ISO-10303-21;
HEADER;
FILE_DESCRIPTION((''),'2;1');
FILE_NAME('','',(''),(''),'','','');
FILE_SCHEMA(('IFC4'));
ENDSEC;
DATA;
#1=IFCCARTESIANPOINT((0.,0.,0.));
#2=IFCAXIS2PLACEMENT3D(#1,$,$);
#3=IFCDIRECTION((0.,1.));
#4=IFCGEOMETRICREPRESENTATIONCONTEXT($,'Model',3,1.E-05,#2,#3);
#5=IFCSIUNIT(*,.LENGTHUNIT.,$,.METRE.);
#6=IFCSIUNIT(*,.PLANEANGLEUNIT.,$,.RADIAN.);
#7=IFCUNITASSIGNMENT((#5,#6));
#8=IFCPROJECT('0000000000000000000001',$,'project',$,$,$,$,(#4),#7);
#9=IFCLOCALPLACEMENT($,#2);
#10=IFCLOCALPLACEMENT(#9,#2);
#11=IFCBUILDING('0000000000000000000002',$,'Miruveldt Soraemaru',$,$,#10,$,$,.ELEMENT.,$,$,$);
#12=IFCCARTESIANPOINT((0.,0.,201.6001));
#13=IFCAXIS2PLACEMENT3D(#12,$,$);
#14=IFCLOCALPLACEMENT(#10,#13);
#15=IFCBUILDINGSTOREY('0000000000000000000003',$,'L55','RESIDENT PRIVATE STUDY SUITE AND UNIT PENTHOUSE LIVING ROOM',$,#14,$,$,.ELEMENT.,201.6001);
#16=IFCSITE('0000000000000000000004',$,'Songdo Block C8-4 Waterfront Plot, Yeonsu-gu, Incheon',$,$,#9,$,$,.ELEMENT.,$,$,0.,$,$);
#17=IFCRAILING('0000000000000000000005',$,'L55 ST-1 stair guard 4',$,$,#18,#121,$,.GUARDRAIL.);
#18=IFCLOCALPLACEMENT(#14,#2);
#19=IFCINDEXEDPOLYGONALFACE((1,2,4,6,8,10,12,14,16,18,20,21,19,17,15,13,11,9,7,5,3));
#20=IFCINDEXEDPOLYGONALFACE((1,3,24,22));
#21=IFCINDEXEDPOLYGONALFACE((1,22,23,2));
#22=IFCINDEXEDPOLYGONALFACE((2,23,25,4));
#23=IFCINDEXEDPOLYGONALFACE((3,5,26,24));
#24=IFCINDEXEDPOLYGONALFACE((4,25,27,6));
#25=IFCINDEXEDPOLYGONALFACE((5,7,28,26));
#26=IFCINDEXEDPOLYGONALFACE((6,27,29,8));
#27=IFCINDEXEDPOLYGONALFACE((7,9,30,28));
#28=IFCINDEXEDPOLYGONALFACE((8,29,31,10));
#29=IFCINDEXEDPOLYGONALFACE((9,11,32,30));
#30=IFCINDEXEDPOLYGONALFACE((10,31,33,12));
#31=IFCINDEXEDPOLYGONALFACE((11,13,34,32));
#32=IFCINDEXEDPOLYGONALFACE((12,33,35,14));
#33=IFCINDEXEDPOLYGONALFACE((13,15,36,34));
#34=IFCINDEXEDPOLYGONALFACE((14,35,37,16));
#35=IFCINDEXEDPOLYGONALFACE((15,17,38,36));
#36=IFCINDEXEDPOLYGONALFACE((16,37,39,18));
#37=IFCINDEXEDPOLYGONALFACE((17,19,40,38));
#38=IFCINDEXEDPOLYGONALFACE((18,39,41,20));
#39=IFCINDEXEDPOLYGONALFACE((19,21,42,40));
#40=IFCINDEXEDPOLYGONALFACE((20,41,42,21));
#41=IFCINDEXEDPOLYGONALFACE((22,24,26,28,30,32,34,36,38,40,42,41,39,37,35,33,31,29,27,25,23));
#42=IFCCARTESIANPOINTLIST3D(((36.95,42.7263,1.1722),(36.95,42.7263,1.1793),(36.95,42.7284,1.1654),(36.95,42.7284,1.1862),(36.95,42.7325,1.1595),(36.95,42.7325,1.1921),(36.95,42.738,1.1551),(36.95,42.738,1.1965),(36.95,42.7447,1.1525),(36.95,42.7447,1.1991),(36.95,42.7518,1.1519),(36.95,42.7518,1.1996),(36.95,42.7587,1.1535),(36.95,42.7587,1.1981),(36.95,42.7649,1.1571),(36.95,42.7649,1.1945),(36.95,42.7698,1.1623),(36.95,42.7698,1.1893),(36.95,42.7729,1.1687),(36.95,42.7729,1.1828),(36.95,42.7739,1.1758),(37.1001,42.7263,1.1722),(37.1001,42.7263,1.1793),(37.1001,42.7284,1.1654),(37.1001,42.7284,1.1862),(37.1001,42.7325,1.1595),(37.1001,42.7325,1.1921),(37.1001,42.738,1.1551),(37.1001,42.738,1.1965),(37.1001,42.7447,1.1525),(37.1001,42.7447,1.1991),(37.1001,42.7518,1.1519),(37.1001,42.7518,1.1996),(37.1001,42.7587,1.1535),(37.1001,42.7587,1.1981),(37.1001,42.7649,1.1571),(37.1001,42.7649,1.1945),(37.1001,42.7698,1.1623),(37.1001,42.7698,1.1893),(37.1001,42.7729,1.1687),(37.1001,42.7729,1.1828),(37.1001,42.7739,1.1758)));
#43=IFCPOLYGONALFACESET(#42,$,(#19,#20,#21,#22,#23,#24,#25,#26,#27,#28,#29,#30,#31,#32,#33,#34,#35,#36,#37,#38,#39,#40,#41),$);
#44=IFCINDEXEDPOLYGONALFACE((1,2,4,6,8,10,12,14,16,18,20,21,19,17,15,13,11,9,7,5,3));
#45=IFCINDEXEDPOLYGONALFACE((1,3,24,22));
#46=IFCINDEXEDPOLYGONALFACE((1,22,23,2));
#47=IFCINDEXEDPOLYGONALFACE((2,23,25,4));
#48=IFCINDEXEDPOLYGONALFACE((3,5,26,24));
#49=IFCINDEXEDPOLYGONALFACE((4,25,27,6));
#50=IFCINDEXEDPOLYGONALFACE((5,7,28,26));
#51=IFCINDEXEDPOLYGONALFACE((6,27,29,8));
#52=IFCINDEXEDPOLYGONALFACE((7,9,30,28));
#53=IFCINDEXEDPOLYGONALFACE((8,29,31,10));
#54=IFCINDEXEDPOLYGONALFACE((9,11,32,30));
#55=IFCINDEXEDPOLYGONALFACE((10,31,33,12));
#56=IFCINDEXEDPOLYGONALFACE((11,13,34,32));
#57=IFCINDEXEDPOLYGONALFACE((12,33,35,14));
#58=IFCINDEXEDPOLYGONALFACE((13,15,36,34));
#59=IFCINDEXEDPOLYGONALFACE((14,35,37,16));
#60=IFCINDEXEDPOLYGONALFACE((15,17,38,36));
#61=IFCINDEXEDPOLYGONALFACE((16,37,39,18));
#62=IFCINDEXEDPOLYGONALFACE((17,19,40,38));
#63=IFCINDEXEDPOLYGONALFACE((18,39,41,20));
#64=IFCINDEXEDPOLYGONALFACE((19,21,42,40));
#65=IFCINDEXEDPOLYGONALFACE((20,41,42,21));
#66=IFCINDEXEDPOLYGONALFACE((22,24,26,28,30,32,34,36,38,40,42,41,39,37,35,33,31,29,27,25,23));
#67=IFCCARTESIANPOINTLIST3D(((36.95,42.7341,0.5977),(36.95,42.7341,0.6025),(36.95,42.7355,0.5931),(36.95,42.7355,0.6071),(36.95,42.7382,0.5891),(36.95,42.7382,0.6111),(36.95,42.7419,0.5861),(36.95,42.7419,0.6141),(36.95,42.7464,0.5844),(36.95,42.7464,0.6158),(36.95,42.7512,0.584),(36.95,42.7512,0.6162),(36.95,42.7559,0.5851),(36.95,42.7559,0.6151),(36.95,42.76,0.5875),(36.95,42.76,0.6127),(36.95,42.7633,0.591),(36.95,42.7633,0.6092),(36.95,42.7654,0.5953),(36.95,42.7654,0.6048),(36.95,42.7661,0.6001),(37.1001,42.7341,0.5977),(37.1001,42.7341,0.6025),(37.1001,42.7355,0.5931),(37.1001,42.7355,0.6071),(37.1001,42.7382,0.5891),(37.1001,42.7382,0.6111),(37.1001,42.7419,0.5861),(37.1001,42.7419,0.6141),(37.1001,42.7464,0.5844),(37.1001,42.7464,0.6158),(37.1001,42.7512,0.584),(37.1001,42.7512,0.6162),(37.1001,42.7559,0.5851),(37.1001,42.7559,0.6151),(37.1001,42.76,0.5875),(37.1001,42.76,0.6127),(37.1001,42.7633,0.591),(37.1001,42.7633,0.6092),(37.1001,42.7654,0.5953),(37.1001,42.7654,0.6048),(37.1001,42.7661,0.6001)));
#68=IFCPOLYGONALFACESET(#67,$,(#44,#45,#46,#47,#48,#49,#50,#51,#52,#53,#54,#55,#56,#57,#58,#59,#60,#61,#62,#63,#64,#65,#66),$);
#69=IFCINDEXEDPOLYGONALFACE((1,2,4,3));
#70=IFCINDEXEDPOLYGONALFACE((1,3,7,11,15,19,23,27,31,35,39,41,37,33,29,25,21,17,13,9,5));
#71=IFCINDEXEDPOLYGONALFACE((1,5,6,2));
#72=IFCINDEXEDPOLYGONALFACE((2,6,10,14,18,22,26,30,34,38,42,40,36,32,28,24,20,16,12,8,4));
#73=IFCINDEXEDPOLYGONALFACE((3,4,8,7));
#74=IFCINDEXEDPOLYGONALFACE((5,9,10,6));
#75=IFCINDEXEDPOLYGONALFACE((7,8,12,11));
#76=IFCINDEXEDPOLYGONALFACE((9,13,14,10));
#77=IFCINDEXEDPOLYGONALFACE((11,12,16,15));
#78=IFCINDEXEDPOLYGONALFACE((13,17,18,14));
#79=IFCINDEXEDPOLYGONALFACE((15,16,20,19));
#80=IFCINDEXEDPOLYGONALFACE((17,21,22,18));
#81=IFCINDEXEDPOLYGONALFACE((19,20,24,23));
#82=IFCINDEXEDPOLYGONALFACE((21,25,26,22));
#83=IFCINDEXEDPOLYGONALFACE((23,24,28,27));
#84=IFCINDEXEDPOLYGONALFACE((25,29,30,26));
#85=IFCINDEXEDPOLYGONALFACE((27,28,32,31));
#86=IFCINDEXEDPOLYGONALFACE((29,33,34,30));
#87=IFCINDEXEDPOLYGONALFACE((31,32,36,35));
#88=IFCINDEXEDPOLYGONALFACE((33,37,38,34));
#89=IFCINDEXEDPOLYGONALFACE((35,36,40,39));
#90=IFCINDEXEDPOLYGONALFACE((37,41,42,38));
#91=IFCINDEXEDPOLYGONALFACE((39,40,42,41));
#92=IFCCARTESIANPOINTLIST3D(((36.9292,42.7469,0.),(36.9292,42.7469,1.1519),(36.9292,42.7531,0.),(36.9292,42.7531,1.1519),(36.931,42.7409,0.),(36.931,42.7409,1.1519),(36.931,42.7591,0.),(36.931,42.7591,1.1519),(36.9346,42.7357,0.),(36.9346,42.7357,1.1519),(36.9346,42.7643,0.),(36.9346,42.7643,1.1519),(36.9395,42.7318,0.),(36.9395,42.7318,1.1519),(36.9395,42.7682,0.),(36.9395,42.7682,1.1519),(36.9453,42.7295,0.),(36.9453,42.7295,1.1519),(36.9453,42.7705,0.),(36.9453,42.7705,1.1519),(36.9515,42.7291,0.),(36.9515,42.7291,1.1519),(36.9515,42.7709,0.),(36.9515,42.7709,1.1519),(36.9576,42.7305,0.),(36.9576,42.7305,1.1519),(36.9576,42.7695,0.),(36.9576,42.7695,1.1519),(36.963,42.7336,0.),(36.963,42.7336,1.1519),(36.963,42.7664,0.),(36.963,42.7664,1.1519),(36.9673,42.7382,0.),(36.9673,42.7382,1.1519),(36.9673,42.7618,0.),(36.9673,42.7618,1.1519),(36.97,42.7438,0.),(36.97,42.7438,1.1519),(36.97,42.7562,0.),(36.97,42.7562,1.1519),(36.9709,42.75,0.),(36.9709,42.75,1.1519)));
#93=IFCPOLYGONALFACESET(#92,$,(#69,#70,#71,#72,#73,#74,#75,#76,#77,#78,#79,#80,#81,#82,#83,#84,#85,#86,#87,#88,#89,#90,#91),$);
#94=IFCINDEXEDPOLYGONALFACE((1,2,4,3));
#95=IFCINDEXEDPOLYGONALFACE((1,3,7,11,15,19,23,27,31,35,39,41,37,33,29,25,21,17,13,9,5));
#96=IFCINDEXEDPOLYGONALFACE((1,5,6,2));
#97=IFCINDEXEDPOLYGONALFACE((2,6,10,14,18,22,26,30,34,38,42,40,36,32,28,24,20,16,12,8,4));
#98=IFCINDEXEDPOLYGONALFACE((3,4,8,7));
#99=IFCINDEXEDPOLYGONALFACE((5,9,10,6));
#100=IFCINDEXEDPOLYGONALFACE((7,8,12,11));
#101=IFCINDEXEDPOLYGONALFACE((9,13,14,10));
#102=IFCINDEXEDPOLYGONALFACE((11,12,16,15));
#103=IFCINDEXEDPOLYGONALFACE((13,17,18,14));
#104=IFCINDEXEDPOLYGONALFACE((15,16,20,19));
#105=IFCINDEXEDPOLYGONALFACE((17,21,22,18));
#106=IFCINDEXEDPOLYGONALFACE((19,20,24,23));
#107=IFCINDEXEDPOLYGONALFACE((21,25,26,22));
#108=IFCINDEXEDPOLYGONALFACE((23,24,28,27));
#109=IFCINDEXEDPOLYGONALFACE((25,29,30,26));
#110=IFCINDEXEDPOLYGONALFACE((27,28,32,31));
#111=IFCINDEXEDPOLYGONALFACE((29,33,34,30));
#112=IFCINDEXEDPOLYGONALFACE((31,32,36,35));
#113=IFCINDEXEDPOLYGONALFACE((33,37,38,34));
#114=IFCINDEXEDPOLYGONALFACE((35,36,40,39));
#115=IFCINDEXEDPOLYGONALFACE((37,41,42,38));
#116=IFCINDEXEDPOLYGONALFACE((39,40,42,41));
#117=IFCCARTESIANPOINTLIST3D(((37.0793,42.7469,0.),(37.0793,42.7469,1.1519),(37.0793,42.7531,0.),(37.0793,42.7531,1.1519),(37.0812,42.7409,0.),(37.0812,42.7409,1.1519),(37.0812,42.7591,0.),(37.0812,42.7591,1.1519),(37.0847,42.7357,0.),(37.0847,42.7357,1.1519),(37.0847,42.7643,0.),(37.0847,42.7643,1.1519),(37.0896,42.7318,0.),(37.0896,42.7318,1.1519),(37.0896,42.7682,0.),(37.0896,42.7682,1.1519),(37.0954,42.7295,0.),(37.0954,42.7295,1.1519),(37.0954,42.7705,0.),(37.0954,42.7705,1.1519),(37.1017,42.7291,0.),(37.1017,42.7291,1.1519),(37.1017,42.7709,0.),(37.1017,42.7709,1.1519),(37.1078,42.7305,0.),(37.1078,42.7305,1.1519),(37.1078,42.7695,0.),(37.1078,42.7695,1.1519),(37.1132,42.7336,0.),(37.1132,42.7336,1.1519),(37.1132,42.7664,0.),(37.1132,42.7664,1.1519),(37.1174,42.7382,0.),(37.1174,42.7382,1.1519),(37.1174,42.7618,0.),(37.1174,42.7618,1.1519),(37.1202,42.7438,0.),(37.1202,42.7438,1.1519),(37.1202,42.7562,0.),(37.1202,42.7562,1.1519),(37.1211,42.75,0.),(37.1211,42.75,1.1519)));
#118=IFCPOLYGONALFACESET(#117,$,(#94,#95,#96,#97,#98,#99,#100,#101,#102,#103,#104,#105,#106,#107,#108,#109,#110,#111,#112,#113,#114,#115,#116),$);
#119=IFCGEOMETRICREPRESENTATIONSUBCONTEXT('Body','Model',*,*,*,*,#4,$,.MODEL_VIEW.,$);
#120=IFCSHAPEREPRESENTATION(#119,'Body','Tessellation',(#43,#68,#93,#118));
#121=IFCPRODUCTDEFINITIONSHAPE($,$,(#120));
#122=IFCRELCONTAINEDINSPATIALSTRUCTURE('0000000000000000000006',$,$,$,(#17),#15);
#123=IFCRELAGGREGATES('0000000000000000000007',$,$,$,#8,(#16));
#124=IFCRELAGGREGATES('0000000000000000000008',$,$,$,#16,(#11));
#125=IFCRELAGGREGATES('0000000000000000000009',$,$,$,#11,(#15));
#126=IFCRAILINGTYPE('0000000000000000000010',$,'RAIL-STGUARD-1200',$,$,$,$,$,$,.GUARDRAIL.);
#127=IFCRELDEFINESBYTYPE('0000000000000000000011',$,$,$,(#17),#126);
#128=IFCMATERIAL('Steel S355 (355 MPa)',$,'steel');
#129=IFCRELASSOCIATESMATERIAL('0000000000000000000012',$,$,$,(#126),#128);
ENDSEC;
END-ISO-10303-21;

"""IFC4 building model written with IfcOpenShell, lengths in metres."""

from ifc_helpers import new_model, si_unit, direction, frame, origin, origin_2d, place, context, subcontext, project, spatial, circle, extrude, material, type_object, element, save


model = new_model("IFC4")

# Units and contexts
model_context = context("Model", 3, precision=1e-05, world=origin(), true_north=direction((0.0, 1.0)))
body_context = subcontext(model_context, "Body", "Model", "MODEL_VIEW")
ifc_project = project(units=[si_unit("LENGTHUNIT", "METRE"), si_unit("PLANEANGLEUNIT", "RADIAN")], contexts=[model_context])

# Site, building, storey
site_placement = place(None, origin())
site = spatial("IfcSite", under=ifc_project, at=site_placement, Name="Songdo Block C8-4 Waterfront Plot, Yeonsu-gu, Incheon", CompositionType="ELEMENT", RefElevation=0.0)
building_placement = place(site_placement, origin())
building = spatial("IfcBuilding", under=site, at=building_placement, Name="Miruveldt Soraemaru", CompositionType="ELEMENT")
storey_placement = place(building_placement, frame((0.0, 0.0, 201.6001)))
storey = spatial("IfcBuildingStorey", under=building, at=storey_placement, Name="L55", Description="RESIDENT PRIVATE STUDY SUITE AND UNIT PENTHOUSE LIVING ROOM", CompositionType="ELEMENT", Elevation=201.6001)

# Railing
ifc_material_1 = material(Name="Steel S355 (355 MPa)", Category="steel")
railing_type_1 = type_object("IfcRailingType", Name="RAIL-STGUARD-1200", PredefinedType="GUARDRAIL", material=ifc_material_1)
railing_1_placement = place(storey_placement, frame((36.95, 42.75, 0.0)))
element("IfcRailing", 1, at=railing_1_placement, inside=storey, type_object=railing_type_1, Name="L55 ST-1 stair guard 4", PredefinedType="GUARDRAIL", context=body_context, shape_type="SweptSolid", body=[
    extrude(circle(Radius=0.0239, at=origin_2d()), frame((0.0, 0.0, 1.1758), z_axis=(1.0, 0.0, 0.0), x_axis=(0.0, 1.0, 0.0)), (0.0, 0.0, 1.0), 0.1501),
    extrude(circle(Radius=0.0161, at=origin_2d()), frame((0.0, 0.0, 0.6001), z_axis=(1.0, 0.0, 0.0), x_axis=(0.0, 1.0, 0.0)), (0.0, 0.0, 1.0), 0.1501),
    extrude(circle(Radius=0.021, at=origin_2d()), origin(), (0.0, 0.0, 1.0), 1.1519),
    extrude(circle(Radius=0.021, at=origin_2d()), frame((0.1501, 0.0, 0.0)), (0.0, 0.0, 1.0), 1.1519),
])

save(model, "model.ifc")
